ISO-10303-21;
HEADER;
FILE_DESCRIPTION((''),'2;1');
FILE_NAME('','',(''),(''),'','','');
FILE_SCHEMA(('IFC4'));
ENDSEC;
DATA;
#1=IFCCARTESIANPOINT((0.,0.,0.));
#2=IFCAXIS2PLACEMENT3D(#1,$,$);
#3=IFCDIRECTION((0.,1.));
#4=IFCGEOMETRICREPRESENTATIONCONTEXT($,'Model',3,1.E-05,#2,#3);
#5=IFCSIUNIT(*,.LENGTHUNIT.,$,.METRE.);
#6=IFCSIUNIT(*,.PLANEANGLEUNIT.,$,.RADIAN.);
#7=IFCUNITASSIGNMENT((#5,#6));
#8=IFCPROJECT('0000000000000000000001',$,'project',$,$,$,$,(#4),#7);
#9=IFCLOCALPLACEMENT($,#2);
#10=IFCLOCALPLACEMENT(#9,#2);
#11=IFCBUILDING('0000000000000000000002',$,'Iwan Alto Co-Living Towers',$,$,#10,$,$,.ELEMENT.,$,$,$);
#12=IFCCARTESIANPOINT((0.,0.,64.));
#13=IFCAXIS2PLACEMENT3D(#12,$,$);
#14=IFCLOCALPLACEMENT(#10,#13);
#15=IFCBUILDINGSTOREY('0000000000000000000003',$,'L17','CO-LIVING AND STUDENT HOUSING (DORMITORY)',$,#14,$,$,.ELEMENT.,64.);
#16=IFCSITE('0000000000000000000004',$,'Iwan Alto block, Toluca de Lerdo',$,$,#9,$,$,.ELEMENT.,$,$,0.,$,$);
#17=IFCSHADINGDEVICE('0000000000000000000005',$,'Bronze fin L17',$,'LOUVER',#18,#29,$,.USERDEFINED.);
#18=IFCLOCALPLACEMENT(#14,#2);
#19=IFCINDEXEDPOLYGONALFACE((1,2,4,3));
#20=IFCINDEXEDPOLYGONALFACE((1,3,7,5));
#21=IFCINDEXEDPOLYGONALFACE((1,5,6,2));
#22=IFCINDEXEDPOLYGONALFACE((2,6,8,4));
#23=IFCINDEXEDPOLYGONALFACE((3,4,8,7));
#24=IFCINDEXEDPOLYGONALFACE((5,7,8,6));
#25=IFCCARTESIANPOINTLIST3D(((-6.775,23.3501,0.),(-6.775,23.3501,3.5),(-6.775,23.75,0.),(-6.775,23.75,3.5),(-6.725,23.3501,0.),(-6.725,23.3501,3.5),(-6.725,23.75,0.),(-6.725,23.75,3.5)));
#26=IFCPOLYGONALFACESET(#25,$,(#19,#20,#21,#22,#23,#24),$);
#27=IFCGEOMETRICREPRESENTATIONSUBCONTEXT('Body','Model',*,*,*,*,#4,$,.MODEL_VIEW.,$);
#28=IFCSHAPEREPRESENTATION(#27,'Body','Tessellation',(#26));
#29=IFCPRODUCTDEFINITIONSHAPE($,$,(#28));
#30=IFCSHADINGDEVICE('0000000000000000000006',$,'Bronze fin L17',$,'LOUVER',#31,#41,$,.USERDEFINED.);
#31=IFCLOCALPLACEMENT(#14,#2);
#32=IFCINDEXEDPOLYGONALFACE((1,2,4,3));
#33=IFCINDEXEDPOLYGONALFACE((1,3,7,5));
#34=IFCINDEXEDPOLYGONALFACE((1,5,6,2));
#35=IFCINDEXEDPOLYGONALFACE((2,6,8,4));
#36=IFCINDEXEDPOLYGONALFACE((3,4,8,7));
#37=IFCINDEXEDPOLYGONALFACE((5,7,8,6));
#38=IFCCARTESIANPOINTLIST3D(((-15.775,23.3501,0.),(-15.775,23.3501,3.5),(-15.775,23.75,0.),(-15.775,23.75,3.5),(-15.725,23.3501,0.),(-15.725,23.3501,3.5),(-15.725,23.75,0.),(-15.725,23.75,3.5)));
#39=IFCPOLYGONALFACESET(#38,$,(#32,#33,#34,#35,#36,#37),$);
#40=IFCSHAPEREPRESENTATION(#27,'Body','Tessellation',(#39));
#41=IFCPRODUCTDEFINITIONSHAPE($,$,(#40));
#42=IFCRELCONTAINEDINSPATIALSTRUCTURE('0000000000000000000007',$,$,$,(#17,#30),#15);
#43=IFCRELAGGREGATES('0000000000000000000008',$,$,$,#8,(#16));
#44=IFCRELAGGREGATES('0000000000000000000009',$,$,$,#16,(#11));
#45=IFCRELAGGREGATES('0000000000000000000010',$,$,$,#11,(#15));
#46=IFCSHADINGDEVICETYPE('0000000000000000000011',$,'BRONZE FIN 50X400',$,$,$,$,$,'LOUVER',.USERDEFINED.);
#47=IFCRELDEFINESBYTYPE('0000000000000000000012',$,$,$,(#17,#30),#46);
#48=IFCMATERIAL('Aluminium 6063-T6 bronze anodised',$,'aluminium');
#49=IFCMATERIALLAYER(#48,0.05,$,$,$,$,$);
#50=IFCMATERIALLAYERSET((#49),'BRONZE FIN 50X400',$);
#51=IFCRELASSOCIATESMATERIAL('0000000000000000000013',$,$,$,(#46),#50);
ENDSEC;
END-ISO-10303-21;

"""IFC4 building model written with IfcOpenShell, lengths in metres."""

from ifc_helpers import new_model, si_unit, direction, frame, origin, origin_2d, place, context, subcontext, project, spatial, rectangle, extrude, material, layer, layer_set, type_object, element, save


model = new_model("IFC4")

# Units and contexts
model_context = context("Model", 3, precision=1e-05, world=origin(), true_north=direction((0.0, 1.0)))
body_context = subcontext(model_context, "Body", "Model", "MODEL_VIEW")
ifc_project = project(units=[si_unit("LENGTHUNIT", "METRE"), si_unit("PLANEANGLEUNIT", "RADIAN")], contexts=[model_context])

# Site, building, storey
site_placement = place(None, origin())
site = spatial("IfcSite", under=ifc_project, at=site_placement, Name="Iwan Alto block, Toluca de Lerdo", CompositionType="ELEMENT", RefElevation=0.0)
building_placement = place(site_placement, origin())
building = spatial("IfcBuilding", under=site, at=building_placement, Name="Iwan Alto Co-Living Towers", CompositionType="ELEMENT")
storey_placement = place(building_placement, frame((0.0, 0.0, 64.0)))
storey = spatial("IfcBuildingStorey", under=building, at=storey_placement, Name="L17", Description="CO-LIVING AND STUDENT HOUSING (DORMITORY)", CompositionType="ELEMENT", Elevation=64.0)

# Shading devices
ifc_material_1 = material(Name="Aluminium 6063-T6 bronze anodised", Category="aluminium")
ifc_layer_1 = layer(ifc_material_1, 0.05)
ifc_layer_set_1 = layer_set([ifc_layer_1], Name="BRONZE FIN 50X400")
shading_device_type = type_object("IfcShadingDeviceType", Name="BRONZE FIN 50X400", ElementType="LOUVER", PredefinedType="USERDEFINED", material=ifc_layer_set_1)
for number, where, z_axis, x_axis, name in (
    (1, (-6.75, 23.55, 0.0), (0.0, 0.0, 1.0), (-1.0, 0.0, 0.0), "Bronze fin L17"),
    (2, (-15.75, 23.55, 0.0), (0.0, 0.0, 1.0), (-1.0, 0.0, 0.0), "Bronze fin L17"),
):
    element("IfcShadingDevice", number, at=place(storey_placement, frame(where, z_axis=z_axis, x_axis=x_axis)), inside=storey, type_object=shading_device_type, Name=name, ObjectType="LOUVER", PredefinedType="USERDEFINED", context=body_context, shape_type="SweptSolid", body=[
        extrude(rectangle(XDim=0.05, YDim=0.3999, at=origin_2d()), origin(), (0.0, 0.0, 1.0), 3.5),
    ])

save(model, "model.ifc")
